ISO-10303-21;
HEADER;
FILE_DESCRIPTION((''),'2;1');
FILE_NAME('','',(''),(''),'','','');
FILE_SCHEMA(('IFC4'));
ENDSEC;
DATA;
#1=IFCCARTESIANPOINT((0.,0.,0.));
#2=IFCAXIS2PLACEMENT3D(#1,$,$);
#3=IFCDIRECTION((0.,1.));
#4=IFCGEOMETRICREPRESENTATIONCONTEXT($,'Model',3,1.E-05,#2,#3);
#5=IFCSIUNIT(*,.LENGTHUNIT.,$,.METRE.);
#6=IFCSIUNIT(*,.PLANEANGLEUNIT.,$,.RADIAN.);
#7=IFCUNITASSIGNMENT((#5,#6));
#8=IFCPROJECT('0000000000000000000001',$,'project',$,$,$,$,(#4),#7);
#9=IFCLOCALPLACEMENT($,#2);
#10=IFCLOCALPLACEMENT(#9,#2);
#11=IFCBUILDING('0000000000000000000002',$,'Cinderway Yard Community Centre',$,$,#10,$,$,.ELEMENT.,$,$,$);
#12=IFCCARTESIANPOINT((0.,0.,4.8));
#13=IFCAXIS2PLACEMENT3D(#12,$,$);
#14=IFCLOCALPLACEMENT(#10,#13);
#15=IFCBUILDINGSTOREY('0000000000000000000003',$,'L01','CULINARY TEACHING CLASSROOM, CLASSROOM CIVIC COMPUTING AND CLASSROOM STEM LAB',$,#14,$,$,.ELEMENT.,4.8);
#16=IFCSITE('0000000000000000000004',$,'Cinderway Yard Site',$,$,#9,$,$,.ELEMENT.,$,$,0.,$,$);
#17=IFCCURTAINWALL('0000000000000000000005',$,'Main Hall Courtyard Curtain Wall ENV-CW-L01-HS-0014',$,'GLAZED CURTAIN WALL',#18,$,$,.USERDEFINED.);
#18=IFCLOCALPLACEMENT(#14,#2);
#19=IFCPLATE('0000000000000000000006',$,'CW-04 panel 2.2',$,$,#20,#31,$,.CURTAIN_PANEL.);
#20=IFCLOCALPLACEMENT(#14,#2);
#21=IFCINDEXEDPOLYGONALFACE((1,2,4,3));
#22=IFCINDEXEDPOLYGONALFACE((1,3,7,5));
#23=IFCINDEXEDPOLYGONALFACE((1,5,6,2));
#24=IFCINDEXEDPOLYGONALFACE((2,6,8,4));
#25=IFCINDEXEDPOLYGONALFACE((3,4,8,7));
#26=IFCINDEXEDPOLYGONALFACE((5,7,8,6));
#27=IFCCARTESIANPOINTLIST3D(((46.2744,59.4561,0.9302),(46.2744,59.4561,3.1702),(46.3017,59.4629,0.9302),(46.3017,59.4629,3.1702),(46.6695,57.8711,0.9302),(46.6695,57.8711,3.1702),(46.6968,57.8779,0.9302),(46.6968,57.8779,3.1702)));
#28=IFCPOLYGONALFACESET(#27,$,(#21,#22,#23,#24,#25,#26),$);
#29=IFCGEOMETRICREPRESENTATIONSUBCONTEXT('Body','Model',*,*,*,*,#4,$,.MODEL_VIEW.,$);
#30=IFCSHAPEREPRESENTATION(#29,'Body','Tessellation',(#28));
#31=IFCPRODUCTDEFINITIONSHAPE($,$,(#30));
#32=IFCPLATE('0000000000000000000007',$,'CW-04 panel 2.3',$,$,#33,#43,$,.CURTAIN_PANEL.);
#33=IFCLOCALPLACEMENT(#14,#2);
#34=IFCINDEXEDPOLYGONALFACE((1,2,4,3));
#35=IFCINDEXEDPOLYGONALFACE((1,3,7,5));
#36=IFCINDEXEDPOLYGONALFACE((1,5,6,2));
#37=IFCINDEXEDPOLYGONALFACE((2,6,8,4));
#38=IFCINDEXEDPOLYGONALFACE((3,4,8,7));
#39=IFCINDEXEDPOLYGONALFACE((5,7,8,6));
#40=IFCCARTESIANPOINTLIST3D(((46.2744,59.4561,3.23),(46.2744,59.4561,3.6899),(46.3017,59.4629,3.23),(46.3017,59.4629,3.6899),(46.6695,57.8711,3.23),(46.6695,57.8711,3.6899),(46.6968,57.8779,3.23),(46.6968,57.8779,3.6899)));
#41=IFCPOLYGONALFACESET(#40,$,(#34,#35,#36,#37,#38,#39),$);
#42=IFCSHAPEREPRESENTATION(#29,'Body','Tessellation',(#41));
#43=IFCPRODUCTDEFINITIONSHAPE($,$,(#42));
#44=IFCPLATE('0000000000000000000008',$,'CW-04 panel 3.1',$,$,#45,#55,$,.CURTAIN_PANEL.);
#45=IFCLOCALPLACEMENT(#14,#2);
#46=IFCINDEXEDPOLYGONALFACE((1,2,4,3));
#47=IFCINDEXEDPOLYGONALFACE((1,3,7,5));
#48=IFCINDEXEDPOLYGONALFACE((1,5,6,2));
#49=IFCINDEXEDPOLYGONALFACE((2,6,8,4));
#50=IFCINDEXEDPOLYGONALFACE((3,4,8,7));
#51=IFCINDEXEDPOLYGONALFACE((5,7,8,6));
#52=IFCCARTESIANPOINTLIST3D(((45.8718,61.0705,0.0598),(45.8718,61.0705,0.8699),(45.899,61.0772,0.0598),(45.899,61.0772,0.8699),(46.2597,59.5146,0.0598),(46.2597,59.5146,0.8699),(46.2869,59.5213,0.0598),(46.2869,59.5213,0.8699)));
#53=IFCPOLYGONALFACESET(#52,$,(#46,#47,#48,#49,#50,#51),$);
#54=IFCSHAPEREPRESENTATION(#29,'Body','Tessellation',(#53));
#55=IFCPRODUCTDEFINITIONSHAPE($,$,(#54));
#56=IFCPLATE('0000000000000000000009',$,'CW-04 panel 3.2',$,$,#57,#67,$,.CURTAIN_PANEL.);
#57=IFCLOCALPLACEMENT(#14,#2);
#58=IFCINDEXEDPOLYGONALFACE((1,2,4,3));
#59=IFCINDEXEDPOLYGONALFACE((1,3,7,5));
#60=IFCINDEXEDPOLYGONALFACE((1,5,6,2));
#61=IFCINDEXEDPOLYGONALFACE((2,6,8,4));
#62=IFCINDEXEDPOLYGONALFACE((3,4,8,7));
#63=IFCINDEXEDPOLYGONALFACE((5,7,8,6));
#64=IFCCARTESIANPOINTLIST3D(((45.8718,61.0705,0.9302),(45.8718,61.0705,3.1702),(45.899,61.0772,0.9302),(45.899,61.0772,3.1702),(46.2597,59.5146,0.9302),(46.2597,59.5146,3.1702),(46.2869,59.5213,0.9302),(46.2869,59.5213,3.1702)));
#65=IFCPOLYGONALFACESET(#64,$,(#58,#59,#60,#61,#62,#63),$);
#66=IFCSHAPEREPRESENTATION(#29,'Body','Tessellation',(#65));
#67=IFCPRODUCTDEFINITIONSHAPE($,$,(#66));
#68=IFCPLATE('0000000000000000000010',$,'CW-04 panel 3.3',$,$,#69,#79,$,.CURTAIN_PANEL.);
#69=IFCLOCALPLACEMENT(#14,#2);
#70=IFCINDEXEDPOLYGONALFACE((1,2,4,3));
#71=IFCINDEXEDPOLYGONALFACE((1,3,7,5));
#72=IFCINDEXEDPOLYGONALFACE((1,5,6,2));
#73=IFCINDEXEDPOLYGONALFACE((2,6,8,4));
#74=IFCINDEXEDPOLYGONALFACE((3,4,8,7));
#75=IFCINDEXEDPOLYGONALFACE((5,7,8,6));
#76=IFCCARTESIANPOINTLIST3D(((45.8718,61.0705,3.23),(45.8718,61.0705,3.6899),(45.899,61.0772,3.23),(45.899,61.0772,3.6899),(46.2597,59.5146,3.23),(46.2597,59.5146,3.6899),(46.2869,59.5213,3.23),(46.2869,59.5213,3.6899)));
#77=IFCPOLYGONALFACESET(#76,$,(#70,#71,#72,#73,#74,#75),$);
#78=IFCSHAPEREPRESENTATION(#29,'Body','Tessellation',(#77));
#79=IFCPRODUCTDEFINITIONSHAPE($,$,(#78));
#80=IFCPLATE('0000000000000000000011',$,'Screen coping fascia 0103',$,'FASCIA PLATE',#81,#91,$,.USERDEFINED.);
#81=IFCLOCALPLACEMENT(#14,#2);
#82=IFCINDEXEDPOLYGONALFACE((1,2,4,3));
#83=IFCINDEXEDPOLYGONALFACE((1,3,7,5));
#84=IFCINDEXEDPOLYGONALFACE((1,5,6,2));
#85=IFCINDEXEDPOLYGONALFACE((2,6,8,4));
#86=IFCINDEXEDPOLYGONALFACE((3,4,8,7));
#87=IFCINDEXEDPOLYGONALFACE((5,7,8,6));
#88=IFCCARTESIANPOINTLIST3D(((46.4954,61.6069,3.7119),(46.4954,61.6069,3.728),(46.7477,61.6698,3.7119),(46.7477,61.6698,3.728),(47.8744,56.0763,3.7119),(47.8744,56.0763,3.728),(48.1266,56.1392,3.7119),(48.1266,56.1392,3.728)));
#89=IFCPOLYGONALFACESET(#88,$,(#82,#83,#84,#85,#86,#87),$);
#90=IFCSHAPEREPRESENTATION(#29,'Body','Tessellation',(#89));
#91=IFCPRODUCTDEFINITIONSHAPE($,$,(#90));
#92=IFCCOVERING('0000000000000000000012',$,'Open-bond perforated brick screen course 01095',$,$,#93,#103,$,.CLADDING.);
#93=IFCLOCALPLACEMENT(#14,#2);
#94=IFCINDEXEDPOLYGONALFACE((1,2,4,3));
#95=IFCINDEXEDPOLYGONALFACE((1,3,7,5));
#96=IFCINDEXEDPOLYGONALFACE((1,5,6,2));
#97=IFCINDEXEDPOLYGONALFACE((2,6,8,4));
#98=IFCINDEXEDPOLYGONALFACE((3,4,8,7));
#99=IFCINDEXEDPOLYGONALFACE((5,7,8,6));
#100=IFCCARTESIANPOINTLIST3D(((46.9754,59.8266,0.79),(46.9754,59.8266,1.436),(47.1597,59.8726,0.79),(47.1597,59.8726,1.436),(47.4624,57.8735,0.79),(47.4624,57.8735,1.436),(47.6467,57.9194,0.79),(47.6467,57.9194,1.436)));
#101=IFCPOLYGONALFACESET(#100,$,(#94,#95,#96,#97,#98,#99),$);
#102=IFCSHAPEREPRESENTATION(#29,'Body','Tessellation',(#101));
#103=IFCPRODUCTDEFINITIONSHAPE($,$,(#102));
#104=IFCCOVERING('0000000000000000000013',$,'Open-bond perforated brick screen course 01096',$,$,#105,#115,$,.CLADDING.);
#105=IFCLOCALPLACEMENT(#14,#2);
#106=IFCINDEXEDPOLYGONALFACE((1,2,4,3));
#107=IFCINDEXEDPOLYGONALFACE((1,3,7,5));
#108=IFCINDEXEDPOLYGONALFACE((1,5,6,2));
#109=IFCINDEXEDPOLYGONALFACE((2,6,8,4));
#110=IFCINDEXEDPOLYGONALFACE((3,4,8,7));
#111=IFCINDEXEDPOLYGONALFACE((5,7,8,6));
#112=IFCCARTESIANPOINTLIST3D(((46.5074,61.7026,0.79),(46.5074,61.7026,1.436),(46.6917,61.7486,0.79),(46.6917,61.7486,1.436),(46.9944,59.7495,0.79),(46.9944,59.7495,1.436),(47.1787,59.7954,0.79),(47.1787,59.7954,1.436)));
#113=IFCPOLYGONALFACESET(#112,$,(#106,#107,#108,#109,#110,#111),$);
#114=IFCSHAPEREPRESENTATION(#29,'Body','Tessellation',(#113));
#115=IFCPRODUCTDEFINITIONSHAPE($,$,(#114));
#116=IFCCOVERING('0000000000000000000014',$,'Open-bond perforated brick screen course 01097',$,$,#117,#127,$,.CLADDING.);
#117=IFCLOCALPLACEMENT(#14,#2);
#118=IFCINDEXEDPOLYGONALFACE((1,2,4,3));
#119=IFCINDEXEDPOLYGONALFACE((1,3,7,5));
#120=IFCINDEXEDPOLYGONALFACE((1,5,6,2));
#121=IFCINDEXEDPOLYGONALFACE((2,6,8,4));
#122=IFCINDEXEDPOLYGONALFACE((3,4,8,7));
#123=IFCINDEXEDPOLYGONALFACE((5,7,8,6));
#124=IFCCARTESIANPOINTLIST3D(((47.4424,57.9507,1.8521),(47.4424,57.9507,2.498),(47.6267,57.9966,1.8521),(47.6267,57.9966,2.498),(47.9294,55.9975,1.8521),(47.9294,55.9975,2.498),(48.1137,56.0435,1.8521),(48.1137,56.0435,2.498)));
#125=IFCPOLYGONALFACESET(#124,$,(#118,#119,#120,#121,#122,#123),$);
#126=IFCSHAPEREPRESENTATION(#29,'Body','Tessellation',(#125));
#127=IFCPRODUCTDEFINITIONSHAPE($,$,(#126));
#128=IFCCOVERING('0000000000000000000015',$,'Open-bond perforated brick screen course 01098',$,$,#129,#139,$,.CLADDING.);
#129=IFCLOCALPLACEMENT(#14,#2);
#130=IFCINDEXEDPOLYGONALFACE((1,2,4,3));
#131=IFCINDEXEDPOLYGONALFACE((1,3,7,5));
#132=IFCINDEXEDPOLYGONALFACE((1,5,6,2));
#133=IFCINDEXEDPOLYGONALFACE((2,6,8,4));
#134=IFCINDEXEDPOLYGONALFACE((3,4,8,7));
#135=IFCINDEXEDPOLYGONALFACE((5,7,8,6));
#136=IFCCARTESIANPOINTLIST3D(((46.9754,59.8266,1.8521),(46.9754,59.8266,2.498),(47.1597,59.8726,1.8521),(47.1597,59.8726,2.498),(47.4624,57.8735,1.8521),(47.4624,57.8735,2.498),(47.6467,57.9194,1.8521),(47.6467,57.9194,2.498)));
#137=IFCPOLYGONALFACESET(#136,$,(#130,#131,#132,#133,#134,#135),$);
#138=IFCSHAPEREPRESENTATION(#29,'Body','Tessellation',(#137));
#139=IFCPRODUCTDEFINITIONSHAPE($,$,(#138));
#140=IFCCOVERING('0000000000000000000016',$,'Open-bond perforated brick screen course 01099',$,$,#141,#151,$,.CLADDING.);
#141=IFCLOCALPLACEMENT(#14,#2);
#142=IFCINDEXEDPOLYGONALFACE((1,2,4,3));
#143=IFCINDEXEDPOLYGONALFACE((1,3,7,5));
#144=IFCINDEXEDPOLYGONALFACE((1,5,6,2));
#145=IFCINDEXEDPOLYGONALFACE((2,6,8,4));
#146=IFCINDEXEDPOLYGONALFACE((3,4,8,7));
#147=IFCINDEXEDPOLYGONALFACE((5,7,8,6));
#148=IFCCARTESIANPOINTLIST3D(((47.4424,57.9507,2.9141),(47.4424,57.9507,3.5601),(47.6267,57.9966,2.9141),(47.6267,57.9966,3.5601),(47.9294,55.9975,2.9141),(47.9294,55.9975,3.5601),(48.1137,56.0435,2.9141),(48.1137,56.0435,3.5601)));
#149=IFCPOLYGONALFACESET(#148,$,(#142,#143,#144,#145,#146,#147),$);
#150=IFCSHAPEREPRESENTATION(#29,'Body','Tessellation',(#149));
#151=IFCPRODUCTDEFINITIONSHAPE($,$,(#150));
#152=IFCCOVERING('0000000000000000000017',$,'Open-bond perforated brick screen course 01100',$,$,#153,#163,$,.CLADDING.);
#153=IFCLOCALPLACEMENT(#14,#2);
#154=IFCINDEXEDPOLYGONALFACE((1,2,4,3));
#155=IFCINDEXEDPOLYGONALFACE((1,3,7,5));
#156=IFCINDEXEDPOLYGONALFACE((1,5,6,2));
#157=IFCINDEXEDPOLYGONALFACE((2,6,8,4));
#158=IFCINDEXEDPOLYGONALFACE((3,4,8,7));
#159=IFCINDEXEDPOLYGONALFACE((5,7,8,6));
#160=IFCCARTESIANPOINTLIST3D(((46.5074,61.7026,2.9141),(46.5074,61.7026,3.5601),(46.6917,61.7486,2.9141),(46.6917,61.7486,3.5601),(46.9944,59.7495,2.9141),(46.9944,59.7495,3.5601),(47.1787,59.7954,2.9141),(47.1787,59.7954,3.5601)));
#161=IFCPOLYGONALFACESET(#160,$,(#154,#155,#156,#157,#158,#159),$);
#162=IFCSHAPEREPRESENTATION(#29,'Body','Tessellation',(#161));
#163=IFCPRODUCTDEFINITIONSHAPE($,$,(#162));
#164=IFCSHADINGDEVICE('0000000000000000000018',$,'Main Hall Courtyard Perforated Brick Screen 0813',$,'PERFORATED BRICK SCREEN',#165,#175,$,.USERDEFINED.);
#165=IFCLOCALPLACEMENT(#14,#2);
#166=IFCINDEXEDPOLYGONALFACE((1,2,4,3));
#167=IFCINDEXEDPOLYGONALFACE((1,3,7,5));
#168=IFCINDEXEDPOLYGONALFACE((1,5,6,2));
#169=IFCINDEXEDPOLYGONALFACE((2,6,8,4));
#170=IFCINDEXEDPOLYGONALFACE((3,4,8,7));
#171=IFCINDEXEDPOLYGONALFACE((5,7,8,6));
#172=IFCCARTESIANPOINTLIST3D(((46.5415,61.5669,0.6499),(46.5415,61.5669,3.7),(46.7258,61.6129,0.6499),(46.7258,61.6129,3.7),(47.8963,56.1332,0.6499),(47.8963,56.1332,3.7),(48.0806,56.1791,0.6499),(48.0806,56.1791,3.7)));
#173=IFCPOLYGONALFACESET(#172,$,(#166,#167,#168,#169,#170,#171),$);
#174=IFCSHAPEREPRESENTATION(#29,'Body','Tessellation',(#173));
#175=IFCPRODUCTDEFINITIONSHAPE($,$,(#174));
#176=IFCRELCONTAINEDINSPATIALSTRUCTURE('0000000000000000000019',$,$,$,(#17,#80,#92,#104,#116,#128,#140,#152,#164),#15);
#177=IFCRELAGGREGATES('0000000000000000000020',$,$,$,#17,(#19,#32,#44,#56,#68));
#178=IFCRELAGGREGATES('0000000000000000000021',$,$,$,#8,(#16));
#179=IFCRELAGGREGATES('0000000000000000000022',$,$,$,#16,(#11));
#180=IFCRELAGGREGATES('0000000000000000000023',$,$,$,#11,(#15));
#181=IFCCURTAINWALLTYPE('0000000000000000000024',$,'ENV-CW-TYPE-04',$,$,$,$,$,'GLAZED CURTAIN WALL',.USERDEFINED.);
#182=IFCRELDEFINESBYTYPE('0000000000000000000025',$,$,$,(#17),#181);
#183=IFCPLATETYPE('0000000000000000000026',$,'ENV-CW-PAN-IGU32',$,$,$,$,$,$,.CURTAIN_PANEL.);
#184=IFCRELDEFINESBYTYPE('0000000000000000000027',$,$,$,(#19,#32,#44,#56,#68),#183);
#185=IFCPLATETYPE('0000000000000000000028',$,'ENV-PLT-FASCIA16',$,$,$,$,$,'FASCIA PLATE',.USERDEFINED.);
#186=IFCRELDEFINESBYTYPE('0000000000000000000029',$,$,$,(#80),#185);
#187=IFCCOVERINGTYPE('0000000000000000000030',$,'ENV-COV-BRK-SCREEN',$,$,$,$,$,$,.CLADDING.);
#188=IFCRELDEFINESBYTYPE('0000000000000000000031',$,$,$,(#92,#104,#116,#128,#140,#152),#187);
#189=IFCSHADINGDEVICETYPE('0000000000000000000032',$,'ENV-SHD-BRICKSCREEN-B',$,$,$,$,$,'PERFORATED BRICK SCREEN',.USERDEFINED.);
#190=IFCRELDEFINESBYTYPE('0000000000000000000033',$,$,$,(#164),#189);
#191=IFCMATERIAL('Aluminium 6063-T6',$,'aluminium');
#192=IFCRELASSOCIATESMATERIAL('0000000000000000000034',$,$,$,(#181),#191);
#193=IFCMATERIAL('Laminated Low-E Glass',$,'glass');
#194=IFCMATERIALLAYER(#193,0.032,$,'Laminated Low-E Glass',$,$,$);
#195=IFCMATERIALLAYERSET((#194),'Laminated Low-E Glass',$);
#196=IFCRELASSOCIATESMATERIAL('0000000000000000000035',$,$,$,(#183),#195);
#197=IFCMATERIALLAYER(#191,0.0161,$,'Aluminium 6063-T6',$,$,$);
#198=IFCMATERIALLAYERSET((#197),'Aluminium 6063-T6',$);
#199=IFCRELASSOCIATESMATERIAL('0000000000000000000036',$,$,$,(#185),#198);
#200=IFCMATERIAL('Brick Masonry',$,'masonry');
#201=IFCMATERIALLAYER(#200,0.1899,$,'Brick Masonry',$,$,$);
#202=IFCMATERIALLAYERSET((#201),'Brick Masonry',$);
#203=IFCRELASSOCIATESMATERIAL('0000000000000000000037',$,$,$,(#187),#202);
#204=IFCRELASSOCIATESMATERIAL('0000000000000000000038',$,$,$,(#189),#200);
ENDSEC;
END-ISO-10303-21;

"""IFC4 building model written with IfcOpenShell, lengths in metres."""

from ifc_helpers import new_model, si_unit, direction, frame, origin, origin_2d, place, context, subcontext, project, spatial, rectangle, extrude, material, layer, layer_set, type_object, element, aggregate, save


model = new_model("IFC4")

# Units and contexts
model_context = context("Model", 3, precision=1e-05, world=origin(), true_north=direction((0.0, 1.0)))
body_context = subcontext(model_context, "Body", "Model", "MODEL_VIEW")
ifc_project = project(units=[si_unit("LENGTHUNIT", "METRE"), si_unit("PLANEANGLEUNIT", "RADIAN")], contexts=[model_context])

# Site, building, storey
site_placement = place(None, origin())
site = spatial("IfcSite", under=ifc_project, at=site_placement, Name="Cinderway Yard Site", CompositionType="ELEMENT", RefElevation=0.0)
building_placement = place(site_placement, origin())
building = spatial("IfcBuilding", under=site, at=building_placement, Name="Cinderway Yard Community Centre", CompositionType="ELEMENT")
storey_placement = place(building_placement, frame((0.0, 0.0, 4.8)))
storey = spatial("IfcBuildingStorey", under=building, at=storey_placement, Name="L01", Description="CULINARY TEACHING CLASSROOM, CLASSROOM CIVIC COMPUTING AND CLASSROOM STEM LAB", CompositionType="ELEMENT", Elevation=4.8)

# Curtain wall
ifc_material_1 = material(Name="Aluminium 6063-T6", Category="aluminium")
curtain_wall_type = type_object("IfcCurtainWallType", Name="ENV-CW-TYPE-04", ElementType="GLAZED CURTAIN WALL", PredefinedType="USERDEFINED", material=ifc_material_1)
curtain_wall_placement = place(storey_placement, origin())
curtain_wall = element("IfcCurtainWall", 1, at=curtain_wall_placement, inside=storey, type_object=curtain_wall_type, Name="Main Hall Courtyard Curtain Wall ENV-CW-L01-HS-0014", ObjectType="GLAZED CURTAIN WALL", PredefinedType="USERDEFINED")

# Plates
ifc_material_2 = material(Name="Laminated Low-E Glass", Category="glass")
ifc_layer_1 = layer(ifc_material_2, 0.032, Name="Laminated Low-E Glass")
ifc_layer_set_1 = layer_set([ifc_layer_1], Name="Laminated Low-E Glass")
plate_type_1 = type_object("IfcPlateType", Name="ENV-CW-PAN-IGU32", PredefinedType="CURTAIN_PANEL", material=ifc_layer_set_1)
plate_1_placement = place(storey_placement, frame((46.4856, 58.667, 0.9302), z_axis=(0.0, 0.0, 1.0), x_axis=(-0.241887, 0.970304, 0.0)))
plate_1 = element("IfcPlate", 2, at=plate_1_placement, type_object=plate_type_1, Name="CW-04 panel 2.2", PredefinedType="CURTAIN_PANEL", context=body_context, shape_type="SweptSolid", body=[
    extrude(rectangle(XDim=1.6335, YDim=0.0281, at=origin_2d()), origin(), (0.0, 0.0, 1.0), 2.24),
])
plate_2_placement = place(storey_placement, frame((46.4856, 58.667, 3.23), z_axis=(0.0, 0.0, 1.0), x_axis=(-0.241887, 0.970304, 0.0)))
plate_2 = element("IfcPlate", 3, at=plate_2_placement, type_object=plate_type_1, Name="CW-04 panel 2.3", PredefinedType="CURTAIN_PANEL", context=body_context, shape_type="SweptSolid", body=[
    extrude(rectangle(XDim=1.6335, YDim=0.0281, at=origin_2d()), origin(), (0.0, 0.0, 1.0), 0.46),
])
plate_3_placement = place(storey_placement, frame((46.0793, 60.2959, 0.0598), z_axis=(0.0, 0.0, 1.0), x_axis=(-0.241887, 0.970304, 0.0)))
plate_3 = element("IfcPlate", 4, at=plate_3_placement, type_object=plate_type_1, Name="CW-04 panel 3.1", PredefinedType="CURTAIN_PANEL", context=body_context, shape_type="SweptSolid", body=[
    extrude(rectangle(XDim=1.6035, YDim=0.0281, at=origin_2d()), origin(), (0.0, 0.0, 1.0), 0.8101),
])
plate_4_placement = place(storey_placement, frame((46.0793, 60.2959, 0.9302), z_axis=(0.0, 0.0, 1.0), x_axis=(-0.241887, 0.970304, 0.0)))
plate_4 = element("IfcPlate", 5, at=plate_4_placement, type_object=plate_type_1, Name="CW-04 panel 3.2", PredefinedType="CURTAIN_PANEL", context=body_context, shape_type="SweptSolid", body=[
    extrude(rectangle(XDim=1.6035, YDim=0.0281, at=origin_2d()), origin(), (0.0, 0.0, 1.0), 2.24),
])
plate_5_placement = place(storey_placement, frame((46.0793, 60.2959, 3.23), z_axis=(0.0, 0.0, 1.0), x_axis=(-0.241887, 0.970304, 0.0)))
plate_5 = element("IfcPlate", 6, at=plate_5_placement, type_object=plate_type_1, Name="CW-04 panel 3.3", PredefinedType="CURTAIN_PANEL", context=body_context, shape_type="SweptSolid", body=[
    extrude(rectangle(XDim=1.6035, YDim=0.0281, at=origin_2d()), origin(), (0.0, 0.0, 1.0), 0.46),
])
aggregate(curtain_wall, [plate_1, plate_2, plate_3, plate_4, plate_5])
ifc_layer_2 = layer(ifc_material_1, 0.0161, Name="Aluminium 6063-T6")
ifc_layer_set_2 = layer_set([ifc_layer_2], Name="Aluminium 6063-T6")
plate_type_2 = type_object("IfcPlateType", Name="ENV-PLT-FASCIA16", ElementType="FASCIA PLATE", PredefinedType="USERDEFINED", material=ifc_layer_set_2)
plate_6_placement = place(storey_placement, frame((47.311, 58.873, 3.7119), z_axis=(0.0, 0.0, 1.0), x_axis=(0.241922, -0.970296, 0.0)))
element("IfcPlate", 7, at=plate_6_placement, inside=storey, type_object=plate_type_2, Name="Screen coping fascia 0103", ObjectType="FASCIA PLATE", PredefinedType="USERDEFINED", context=body_context, shape_type="SweptSolid", body=[
    extrude(rectangle(XDim=5.7, YDim=0.26, at=origin_2d()), origin(), (0.0, 0.0, 1.0), 0.0161),
])

# Coverings
ifc_material_3 = material(Name="Brick Masonry", Category="masonry")
ifc_layer_3 = layer(ifc_material_3, 0.1899, Name="Brick Masonry")
ifc_layer_set_3 = layer_set([ifc_layer_3], Name="Brick Masonry")
covering_type = type_object("IfcCoveringType", Name="ENV-COV-BRK-SCREEN", PredefinedType="CLADDING", material=ifc_layer_set_3)
for number, where, z_axis, x_axis, name in (
    (8, (47.311, 58.873, 0.79), (0.0, 0.0, 1.0), (0.241922, -0.970296, 0.0), "Open-bond perforated brick screen course 01095"),
    (9, (46.843, 60.749, 0.79), (0.0, 0.0, 1.0), (0.241922, -0.970296, 0.0), "Open-bond perforated brick screen course 01096"),
    (10, (47.7781, 56.9971, 1.8521), (0.0, 0.0, 1.0), (0.241922, -0.970296, 0.0), "Open-bond perforated brick screen course 01097"),
    (11, (47.311, 58.873, 1.8521), (0.0, 0.0, 1.0), (0.241922, -0.970296, 0.0), "Open-bond perforated brick screen course 01098"),
    (12, (47.7781, 56.9971, 2.9141), (0.0, 0.0, 1.0), (0.241922, -0.970296, 0.0), "Open-bond perforated brick screen course 01099"),
    (13, (46.843, 60.749, 2.9141), (0.0, 0.0, 1.0), (0.241922, -0.970296, 0.0), "Open-bond perforated brick screen course 01100"),
):
    element("IfcCovering", number, at=place(storey_placement, frame(where, z_axis=z_axis, x_axis=x_axis)), inside=storey, type_object=covering_type, Name=name, PredefinedType="CLADDING", context=body_context, shape_type="SweptSolid", body=[
        extrude(rectangle(XDim=2.0129, YDim=0.1899, at=origin_2d()), origin(), (0.0, 0.0, 1.0), 0.646),
    ])

# Shading device
shading_device_type = type_object("IfcShadingDeviceType", Name="ENV-SHD-BRICKSCREEN-B", ElementType="PERFORATED BRICK SCREEN", PredefinedType="USERDEFINED", material=ifc_material_3)
shading_device_placement = place(storey_placement, frame((47.311, 58.873, 0.6499), z_axis=(0.0, 0.0, 1.0), x_axis=(0.241922, -0.970296, 0.0)))
element("IfcShadingDevice", 14, at=shading_device_placement, inside=storey, type_object=shading_device_type, Name="Main Hall Courtyard Perforated Brick Screen 0813", ObjectType="PERFORATED BRICK SCREEN", PredefinedType="USERDEFINED", context=body_context, shape_type="SweptSolid", body=[
    extrude(rectangle(XDim=5.6001, YDim=0.1899, at=origin_2d()), origin(), (0.0, 0.0, 1.0), 3.05),
])

save(model, "model.ifc")
